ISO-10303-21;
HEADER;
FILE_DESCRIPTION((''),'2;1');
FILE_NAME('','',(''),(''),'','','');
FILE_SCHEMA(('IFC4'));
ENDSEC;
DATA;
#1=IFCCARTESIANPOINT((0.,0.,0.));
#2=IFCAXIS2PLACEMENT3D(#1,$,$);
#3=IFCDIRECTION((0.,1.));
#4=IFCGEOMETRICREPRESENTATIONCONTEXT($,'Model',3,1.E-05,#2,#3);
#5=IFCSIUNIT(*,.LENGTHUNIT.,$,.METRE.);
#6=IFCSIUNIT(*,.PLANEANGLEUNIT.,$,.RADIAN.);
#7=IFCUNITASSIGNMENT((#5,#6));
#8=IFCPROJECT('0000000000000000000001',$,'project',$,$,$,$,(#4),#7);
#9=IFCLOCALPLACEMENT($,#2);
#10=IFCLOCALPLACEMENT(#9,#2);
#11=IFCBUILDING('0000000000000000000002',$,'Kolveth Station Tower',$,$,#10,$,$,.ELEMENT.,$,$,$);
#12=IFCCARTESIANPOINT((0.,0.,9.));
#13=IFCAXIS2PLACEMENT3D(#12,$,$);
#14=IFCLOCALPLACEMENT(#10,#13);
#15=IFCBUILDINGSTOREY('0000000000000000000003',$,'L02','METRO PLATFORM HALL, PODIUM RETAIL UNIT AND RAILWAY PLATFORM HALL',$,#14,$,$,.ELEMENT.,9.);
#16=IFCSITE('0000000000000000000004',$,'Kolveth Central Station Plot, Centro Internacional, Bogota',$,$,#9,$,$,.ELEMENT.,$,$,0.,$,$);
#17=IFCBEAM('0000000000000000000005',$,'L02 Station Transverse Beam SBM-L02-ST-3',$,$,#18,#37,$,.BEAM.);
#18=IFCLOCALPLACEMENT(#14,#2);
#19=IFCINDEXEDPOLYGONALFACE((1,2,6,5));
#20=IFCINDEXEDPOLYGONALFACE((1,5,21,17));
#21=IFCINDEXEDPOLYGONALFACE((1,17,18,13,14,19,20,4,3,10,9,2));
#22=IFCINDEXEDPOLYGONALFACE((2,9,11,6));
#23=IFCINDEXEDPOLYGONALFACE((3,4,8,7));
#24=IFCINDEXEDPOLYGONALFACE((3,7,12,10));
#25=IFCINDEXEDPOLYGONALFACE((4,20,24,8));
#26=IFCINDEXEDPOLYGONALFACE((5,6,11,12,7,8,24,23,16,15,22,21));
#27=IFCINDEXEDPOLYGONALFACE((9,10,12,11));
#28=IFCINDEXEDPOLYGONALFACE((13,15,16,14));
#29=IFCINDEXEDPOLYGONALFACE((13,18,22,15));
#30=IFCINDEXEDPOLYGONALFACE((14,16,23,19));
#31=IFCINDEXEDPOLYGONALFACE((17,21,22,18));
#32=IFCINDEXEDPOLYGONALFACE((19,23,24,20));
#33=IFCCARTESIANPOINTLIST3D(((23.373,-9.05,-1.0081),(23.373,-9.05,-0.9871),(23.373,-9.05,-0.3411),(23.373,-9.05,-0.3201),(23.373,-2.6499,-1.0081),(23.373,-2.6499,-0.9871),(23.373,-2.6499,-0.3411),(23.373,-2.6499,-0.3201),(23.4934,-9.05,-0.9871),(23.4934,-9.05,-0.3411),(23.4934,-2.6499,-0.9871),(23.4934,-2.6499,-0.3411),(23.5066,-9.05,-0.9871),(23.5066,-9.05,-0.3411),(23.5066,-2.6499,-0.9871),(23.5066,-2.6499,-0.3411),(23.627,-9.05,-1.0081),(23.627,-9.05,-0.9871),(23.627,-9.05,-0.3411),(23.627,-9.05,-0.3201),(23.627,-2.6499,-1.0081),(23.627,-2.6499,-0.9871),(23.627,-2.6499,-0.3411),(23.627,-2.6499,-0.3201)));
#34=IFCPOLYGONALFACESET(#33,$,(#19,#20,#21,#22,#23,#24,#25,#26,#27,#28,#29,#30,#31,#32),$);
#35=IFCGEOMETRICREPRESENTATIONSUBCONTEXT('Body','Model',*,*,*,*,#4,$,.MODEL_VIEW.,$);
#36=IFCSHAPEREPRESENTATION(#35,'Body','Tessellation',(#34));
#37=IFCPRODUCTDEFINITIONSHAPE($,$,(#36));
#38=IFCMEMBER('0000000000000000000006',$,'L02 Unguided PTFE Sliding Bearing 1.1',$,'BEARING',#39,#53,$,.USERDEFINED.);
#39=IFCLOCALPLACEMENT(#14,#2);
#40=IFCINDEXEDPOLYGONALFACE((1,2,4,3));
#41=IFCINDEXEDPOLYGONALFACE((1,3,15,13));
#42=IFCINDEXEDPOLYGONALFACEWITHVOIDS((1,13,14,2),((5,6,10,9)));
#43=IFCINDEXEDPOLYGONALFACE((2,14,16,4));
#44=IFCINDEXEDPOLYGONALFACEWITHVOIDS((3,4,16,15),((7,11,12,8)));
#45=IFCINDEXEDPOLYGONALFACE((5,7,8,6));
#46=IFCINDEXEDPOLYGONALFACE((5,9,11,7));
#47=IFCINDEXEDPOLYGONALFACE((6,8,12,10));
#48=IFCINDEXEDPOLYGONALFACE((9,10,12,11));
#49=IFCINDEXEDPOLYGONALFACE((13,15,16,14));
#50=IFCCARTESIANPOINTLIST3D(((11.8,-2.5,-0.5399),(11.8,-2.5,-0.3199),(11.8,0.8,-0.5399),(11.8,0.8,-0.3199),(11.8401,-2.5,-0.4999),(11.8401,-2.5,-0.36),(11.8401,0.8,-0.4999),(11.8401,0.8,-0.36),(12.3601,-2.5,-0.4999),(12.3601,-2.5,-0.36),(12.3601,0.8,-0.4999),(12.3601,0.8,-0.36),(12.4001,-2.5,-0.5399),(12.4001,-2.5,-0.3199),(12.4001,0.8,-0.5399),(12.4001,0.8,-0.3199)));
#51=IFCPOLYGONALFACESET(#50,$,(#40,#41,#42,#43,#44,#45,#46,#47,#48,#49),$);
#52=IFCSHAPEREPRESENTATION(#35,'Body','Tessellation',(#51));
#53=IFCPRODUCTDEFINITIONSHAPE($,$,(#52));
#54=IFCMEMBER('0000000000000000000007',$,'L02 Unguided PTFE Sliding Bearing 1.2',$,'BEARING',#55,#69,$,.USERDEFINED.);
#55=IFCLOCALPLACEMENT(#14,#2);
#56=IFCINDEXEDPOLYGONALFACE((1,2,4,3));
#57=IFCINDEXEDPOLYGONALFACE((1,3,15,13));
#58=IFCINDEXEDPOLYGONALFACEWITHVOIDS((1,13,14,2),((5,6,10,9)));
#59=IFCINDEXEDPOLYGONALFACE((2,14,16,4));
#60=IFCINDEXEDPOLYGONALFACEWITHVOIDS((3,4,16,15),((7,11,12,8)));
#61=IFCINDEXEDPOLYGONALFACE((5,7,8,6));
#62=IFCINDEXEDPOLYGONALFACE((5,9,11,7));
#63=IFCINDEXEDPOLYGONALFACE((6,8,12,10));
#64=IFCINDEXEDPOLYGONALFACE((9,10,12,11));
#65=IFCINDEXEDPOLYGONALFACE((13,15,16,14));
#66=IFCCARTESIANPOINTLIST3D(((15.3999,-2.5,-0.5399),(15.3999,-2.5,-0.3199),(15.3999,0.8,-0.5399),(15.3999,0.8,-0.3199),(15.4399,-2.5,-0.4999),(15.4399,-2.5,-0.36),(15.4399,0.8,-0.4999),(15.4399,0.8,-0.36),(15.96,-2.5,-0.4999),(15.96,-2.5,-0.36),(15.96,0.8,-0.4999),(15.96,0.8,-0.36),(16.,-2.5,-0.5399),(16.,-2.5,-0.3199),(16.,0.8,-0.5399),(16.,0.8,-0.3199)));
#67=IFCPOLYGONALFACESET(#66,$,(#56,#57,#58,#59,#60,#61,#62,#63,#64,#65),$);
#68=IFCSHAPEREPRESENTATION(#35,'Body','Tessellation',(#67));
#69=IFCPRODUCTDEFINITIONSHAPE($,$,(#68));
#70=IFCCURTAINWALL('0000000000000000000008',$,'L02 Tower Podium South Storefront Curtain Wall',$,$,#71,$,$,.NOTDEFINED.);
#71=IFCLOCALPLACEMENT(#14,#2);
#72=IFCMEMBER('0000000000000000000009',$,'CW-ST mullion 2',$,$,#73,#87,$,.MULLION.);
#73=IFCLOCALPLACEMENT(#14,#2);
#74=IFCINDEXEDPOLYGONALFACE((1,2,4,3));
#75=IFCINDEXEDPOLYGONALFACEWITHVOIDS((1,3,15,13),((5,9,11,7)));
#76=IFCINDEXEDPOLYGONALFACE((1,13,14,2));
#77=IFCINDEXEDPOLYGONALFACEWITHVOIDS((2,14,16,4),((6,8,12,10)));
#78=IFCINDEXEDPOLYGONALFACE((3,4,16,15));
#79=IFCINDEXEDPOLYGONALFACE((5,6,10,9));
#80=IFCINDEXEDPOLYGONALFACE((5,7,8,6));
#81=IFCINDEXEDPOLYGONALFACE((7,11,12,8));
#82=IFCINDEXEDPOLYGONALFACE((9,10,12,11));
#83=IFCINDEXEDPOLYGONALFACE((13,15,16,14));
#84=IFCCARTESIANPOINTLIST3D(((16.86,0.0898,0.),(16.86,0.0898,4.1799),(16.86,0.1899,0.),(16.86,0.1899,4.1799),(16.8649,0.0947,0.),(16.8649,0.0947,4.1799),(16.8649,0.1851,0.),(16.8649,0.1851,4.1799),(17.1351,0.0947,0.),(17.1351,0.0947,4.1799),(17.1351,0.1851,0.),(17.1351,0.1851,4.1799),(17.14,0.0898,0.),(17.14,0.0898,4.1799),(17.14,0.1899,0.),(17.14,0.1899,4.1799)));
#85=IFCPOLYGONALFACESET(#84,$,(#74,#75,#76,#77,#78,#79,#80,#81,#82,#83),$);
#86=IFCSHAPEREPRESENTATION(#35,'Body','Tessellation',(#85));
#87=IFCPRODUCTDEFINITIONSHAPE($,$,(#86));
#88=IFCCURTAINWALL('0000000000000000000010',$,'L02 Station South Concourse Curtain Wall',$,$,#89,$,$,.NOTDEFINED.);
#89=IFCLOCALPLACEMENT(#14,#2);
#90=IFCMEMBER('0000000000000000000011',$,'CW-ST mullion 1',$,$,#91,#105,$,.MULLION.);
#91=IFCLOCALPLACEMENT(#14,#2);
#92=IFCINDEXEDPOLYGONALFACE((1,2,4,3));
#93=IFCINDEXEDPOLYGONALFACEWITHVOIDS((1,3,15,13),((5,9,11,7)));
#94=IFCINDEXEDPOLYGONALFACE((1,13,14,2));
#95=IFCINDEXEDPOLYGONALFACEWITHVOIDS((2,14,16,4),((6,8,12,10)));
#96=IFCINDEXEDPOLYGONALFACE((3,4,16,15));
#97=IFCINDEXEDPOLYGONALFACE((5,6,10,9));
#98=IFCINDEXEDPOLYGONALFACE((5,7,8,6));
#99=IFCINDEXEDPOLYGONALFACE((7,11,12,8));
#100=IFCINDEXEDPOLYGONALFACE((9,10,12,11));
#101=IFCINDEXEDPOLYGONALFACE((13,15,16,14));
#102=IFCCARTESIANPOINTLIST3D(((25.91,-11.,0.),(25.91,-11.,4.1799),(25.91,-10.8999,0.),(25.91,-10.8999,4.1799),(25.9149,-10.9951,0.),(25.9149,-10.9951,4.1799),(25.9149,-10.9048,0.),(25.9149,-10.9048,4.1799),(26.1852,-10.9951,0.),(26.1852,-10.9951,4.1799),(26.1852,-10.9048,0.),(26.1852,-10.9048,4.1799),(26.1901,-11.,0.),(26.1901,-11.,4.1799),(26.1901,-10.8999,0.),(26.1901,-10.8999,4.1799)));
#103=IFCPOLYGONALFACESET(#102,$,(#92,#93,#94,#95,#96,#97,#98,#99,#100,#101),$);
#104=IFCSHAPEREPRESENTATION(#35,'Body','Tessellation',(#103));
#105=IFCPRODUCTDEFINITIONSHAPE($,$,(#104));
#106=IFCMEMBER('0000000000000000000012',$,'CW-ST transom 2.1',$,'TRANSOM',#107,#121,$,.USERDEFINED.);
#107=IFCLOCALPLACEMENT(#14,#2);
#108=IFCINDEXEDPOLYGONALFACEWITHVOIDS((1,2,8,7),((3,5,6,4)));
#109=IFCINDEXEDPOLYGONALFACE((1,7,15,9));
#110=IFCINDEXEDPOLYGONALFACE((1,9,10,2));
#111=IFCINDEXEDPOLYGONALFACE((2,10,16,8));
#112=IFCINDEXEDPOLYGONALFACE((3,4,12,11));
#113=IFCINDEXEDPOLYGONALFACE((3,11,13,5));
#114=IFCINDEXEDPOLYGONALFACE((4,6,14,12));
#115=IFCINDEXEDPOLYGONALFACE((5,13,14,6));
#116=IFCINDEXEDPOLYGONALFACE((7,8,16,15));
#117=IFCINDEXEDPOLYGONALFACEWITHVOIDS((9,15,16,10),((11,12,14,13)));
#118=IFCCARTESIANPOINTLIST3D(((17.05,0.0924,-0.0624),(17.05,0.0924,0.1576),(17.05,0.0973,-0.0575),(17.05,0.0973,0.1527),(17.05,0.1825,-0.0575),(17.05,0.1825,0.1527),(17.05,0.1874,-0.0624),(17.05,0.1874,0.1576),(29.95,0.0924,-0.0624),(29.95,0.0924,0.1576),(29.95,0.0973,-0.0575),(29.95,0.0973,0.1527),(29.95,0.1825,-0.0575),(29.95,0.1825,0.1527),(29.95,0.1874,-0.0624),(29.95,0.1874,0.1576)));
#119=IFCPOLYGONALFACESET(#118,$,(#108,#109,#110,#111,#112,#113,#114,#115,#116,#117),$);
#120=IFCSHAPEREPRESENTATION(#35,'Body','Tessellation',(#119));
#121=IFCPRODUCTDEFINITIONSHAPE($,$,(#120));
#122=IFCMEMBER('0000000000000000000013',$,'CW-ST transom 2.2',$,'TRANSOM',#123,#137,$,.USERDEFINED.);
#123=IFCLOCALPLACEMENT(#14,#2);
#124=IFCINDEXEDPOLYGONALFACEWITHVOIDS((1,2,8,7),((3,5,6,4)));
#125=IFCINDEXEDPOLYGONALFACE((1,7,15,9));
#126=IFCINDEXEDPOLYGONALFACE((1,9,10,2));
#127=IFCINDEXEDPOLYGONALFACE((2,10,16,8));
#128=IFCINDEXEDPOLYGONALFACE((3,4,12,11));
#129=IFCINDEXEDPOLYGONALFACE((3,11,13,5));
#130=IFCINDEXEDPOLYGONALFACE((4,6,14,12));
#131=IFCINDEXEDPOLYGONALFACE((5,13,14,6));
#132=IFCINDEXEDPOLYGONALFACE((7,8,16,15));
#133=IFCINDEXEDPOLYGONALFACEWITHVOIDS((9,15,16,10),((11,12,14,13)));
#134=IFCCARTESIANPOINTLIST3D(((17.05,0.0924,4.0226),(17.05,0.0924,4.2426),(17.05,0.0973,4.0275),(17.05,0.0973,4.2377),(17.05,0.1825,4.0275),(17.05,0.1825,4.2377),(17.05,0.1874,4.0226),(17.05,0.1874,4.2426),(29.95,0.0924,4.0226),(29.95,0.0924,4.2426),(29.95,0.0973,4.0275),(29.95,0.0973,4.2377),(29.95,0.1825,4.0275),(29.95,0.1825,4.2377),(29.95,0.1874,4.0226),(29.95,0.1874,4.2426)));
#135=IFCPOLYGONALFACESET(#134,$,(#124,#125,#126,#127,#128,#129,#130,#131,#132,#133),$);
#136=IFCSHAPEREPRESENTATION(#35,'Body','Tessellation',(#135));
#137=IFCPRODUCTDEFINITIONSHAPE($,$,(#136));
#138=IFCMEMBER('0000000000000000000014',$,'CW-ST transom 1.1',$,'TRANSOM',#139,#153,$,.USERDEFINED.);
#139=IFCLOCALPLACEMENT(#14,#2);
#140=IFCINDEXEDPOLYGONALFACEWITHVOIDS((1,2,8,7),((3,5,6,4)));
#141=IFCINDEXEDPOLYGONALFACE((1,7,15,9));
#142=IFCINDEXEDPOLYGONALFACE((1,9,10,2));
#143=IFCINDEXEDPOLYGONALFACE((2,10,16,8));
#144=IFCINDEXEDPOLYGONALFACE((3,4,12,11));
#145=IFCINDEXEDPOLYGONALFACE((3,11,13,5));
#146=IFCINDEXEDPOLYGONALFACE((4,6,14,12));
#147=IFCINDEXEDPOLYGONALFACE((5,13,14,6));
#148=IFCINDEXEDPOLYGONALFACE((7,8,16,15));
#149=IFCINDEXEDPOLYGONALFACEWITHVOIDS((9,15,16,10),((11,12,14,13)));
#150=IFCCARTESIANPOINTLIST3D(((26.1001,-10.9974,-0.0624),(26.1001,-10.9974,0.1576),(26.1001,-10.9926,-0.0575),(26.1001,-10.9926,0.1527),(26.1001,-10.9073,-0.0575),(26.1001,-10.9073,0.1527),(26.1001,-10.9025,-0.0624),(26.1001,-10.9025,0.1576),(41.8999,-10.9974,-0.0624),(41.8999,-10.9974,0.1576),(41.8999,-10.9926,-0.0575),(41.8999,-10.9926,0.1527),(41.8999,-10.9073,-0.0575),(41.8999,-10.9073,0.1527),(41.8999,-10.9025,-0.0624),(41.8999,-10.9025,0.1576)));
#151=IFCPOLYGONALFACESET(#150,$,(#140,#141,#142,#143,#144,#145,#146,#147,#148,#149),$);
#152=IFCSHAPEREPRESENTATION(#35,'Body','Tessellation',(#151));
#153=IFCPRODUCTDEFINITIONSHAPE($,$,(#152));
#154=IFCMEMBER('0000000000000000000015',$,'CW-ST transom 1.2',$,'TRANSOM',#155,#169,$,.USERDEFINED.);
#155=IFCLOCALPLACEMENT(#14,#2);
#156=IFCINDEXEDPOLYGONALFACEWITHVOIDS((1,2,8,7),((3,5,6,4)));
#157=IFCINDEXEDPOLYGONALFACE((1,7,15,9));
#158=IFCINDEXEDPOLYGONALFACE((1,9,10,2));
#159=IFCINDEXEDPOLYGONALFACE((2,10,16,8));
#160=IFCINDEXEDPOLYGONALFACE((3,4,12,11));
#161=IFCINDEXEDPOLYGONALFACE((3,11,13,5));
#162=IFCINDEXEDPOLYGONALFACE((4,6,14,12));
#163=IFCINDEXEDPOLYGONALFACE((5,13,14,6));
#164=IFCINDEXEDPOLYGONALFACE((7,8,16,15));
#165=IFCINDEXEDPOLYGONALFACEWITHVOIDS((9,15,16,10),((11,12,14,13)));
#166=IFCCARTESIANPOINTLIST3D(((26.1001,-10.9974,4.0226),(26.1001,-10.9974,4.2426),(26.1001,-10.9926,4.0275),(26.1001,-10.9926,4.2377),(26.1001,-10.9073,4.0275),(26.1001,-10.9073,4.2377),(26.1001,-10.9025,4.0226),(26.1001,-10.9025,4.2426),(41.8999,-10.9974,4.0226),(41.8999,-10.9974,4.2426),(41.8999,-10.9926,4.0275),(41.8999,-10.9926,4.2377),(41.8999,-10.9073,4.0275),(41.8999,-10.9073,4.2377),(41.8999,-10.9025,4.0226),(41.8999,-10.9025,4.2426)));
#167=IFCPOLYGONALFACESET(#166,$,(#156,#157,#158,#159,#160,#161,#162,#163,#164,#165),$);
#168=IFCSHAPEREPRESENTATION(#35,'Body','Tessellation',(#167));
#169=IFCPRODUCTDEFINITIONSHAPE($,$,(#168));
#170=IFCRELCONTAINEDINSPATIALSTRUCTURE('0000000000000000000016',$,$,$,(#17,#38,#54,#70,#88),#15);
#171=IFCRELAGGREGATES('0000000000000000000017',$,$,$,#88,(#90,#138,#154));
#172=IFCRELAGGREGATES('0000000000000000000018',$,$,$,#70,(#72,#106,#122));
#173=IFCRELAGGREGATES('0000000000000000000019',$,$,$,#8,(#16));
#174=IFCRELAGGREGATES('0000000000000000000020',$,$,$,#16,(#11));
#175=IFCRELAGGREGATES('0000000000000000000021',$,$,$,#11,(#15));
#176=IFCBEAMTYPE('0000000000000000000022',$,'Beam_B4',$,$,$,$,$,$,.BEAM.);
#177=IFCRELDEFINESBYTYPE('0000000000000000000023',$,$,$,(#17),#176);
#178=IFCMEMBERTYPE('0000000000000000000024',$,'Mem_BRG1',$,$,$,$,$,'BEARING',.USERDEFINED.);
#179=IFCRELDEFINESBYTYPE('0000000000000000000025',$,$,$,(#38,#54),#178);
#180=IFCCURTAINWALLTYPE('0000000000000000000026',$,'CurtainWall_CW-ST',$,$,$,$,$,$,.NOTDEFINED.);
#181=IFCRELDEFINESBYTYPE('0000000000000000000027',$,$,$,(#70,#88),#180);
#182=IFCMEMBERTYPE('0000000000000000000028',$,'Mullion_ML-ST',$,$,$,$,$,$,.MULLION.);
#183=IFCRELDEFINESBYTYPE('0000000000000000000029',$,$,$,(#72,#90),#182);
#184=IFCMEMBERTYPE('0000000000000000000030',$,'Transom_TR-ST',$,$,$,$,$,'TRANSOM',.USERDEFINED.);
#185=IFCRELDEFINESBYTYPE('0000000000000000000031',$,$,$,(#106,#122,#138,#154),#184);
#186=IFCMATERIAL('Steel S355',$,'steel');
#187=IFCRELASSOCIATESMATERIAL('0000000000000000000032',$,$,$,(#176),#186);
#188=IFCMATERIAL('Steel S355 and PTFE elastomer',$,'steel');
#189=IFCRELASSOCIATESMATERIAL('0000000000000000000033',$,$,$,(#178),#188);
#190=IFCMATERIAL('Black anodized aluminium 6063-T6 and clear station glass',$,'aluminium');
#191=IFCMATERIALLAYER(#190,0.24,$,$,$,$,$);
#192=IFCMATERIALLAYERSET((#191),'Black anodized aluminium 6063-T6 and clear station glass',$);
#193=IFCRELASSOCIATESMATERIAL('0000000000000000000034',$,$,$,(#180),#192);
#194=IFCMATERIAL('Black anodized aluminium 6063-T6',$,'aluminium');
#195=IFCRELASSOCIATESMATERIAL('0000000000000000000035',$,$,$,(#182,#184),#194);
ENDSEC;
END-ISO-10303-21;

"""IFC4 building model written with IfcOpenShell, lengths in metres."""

from ifc_helpers import new_model, si_unit, direction, frame, origin, origin_2d, place, context, subcontext, project, spatial, hollow_rectangle, i_section, extrude, source, transform, mapped, material, layer, layer_set, material_profile, profile_set, type_object, element, aggregate, save


model = new_model("IFC4")

# Units and contexts
model_context = context("Model", 3, precision=1e-05, world=origin(), true_north=direction((0.0, 1.0)))
body_context = subcontext(model_context, "Body", "Model", "MODEL_VIEW")
ifc_project = project(units=[si_unit("LENGTHUNIT", "METRE"), si_unit("PLANEANGLEUNIT", "RADIAN")], contexts=[model_context])

# Site, building, storey
site_placement = place(None, origin())
site = spatial("IfcSite", under=ifc_project, at=site_placement, Name="Kolveth Central Station Plot, Centro Internacional, Bogota", CompositionType="ELEMENT", RefElevation=0.0)
building_placement = place(site_placement, origin())
building = spatial("IfcBuilding", under=site, at=building_placement, Name="Kolveth Station Tower", CompositionType="ELEMENT")
storey_placement = place(building_placement, frame((0.0, 0.0, 9.0)))
storey = spatial("IfcBuildingStorey", under=building, at=storey_placement, Name="L02", Description="METRO PLATFORM HALL, PODIUM RETAIL UNIT AND RAILWAY PLATFORM HALL", CompositionType="ELEMENT", Elevation=9.0)

# Shared definitions
ifc_material_1 = material(Name="Steel S355", Category="steel")

# Beam
ifc_material_profile_1 = material_profile(ifc_material_1, i_section(OverallWidth=0.2539, OverallDepth=0.688, WebThickness=0.0132, FlangeThickness=0.021, at=origin_2d()), Name="W690x152")
ifc_profile_set_1 = profile_set([ifc_material_profile_1], Name="Steel S355")
beam_type_1 = type_object("IfcBeamType", Name="Beam_B4", PredefinedType="BEAM", material=ifc_profile_set_1)
shared_shape_1 = source(origin(), body_context, "Body", "SweptSolid", [
    extrude(i_section(OverallWidth=0.2539, OverallDepth=0.688, WebThickness=0.0132, FlangeThickness=0.021, at=origin_2d()), origin(), (0.0, 0.0, 1.0), 6.4001),
])
for number, where, z_axis, x_axis, name in (
    (1, (23.5, -9.05, -0.6641), (0.0, 1.0, 0.0), (-1.0, 0.0, 0.0), "L02 Station Transverse Beam SBM-L02-ST-3"),
):
    element("IfcBeam", number, at=place(storey_placement, frame(where, z_axis=z_axis, x_axis=x_axis)), inside=storey, type_object=beam_type_1, Name=name, PredefinedType="BEAM", context=body_context, shape_type="MappedRepresentation", body=[
        mapped(shared_shape_1, transform((0.0, 0.0, 0.0), x_axis=(1.0, 0.0, 0.0), y_axis=(0.0, 1.0, 0.0), z_axis=(0.0, 0.0, 1.0), scale=1.0)),
    ])

# Members
ifc_material_2 = material(Name="Steel S355 and PTFE elastomer", Category="steel")
ifc_material_profile_2 = material_profile(ifc_material_2, hollow_rectangle(XDim=0.6001, YDim=0.22, WallThickness=0.04, at=origin_2d()), Name="PTFE-BEARING-750x600")
ifc_profile_set_2 = profile_set([ifc_material_profile_2], Name="Steel S355 and PTFE elastomer")
member_type_1 = type_object("IfcMemberType", Name="Mem_BRG1", ElementType="BEARING", PredefinedType="USERDEFINED", material=ifc_profile_set_2)
shared_shape_2 = source(origin(), body_context, "Body", "SweptSolid", [
    extrude(hollow_rectangle(XDim=0.6001, YDim=0.22, WallThickness=0.04, at=origin_2d()), origin(), (0.0, 0.0, 1.0), 3.3),
])
for number, where, z_axis, x_axis, name in (
    (2, (12.1001, -2.5, -0.4299), (0.0, 1.0, 0.0), (-1.0, 0.0, 0.0), "L02 Unguided PTFE Sliding Bearing 1.1"),
    (3, (15.7, -2.5, -0.4299), (0.0, 1.0, 0.0), (-1.0, 0.0, 0.0), "L02 Unguided PTFE Sliding Bearing 1.2"),
):
    element("IfcMember", number, at=place(storey_placement, frame(where, z_axis=z_axis, x_axis=x_axis)), inside=storey, type_object=member_type_1, Name=name, ObjectType="BEARING", PredefinedType="USERDEFINED", context=body_context, shape_type="MappedRepresentation", body=[
        mapped(shared_shape_2, transform((0.0, 0.0, 0.0), x_axis=(1.0, 0.0, 0.0), y_axis=(0.0, 1.0, 0.0), z_axis=(0.0, 0.0, 1.0), scale=1.0)),
    ])

# Curtain walls, members
ifc_material_3 = material(Name="Black anodized aluminium 6063-T6 and clear station glass", Category="aluminium")
ifc_layer_1 = layer(ifc_material_3, 0.24)
ifc_layer_set_1 = layer_set([ifc_layer_1], Name="Black anodized aluminium 6063-T6 and clear station glass")
curtain_wall_type = type_object("IfcCurtainWallType", Name="CurtainWall_CW-ST", PredefinedType="NOTDEFINED", material=ifc_layer_set_1)
curtain_wall_1_placement = place(storey_placement, origin())
curtain_wall_1 = element("IfcCurtainWall", 4, at=curtain_wall_1_placement, inside=storey, type_object=curtain_wall_type, Name="L02 Tower Podium South Storefront Curtain Wall", PredefinedType="NOTDEFINED")
ifc_material_4 = material(Name="Black anodized aluminium 6063-T6", Category="aluminium")
ifc_material_profile_3 = material_profile(ifc_material_4, hollow_rectangle(XDim=0.1001, YDim=0.28, WallThickness=0.0049, at=origin_2d()), Name="ALU-100x280x5")
ifc_profile_set_3 = profile_set([ifc_material_profile_3], Name="Black anodized aluminium 6063-T6")
member_type_2 = type_object("IfcMemberType", Name="Mullion_ML-ST", PredefinedType="MULLION", material=ifc_profile_set_3)
shared_shape_3 = source(origin(), body_context, "Body", "SweptSolid", [
    extrude(hollow_rectangle(XDim=0.1001, YDim=0.28, WallThickness=0.0049, at=origin_2d()), origin(), (0.0, 0.0, 1.0), 4.1799),
])
member_1_placement = place(storey_placement, frame((17.0, 0.1399, 0.0), z_axis=(0.0, 0.0, 1.0), x_axis=(0.0, 1.0, 0.0)))
member_1 = element("IfcMember", 5, at=member_1_placement, type_object=member_type_2, Name="CW-ST mullion 2", PredefinedType="MULLION", context=body_context, shape_type="MappedRepresentation", body=[
    mapped(shared_shape_3, transform((0.0, 0.0, 0.0), x_axis=(1.0, 0.0, 0.0), y_axis=(0.0, 1.0, 0.0), z_axis=(0.0, 0.0, 1.0), scale=1.0)),
])
curtain_wall_2_placement = place(storey_placement, origin())
curtain_wall_2 = element("IfcCurtainWall", 6, at=curtain_wall_2_placement, inside=storey, type_object=curtain_wall_type, Name="L02 Station South Concourse Curtain Wall", PredefinedType="NOTDEFINED")
member_2_placement = place(storey_placement, frame((26.05, -10.95, 0.0), z_axis=(0.0, 0.0, 1.0), x_axis=(0.0, 1.0, 0.0)))
member_2 = element("IfcMember", 7, at=member_2_placement, type_object=member_type_2, Name="CW-ST mullion 1", PredefinedType="MULLION", context=body_context, shape_type="MappedRepresentation", body=[
    mapped(shared_shape_3, transform((0.0, 0.0, 0.0), x_axis=(1.0, 0.0, 0.0), y_axis=(0.0, 1.0, 0.0), z_axis=(0.0, 0.0, 1.0), scale=1.0)),
])

# Members
ifc_material_profile_4 = material_profile(ifc_material_4, hollow_rectangle(XDim=0.095, YDim=0.22, WallThickness=0.0049, at=origin_2d()), Name="ALU-95x220x5")
ifc_profile_set_4 = profile_set([ifc_material_profile_4], Name="Black anodized aluminium 6063-T6")
member_type_3 = type_object("IfcMemberType", Name="Transom_TR-ST", ElementType="TRANSOM", PredefinedType="USERDEFINED", material=ifc_profile_set_4)
shared_shape_4 = source(origin(), body_context, "Body", "SweptSolid", [
    extrude(hollow_rectangle(XDim=0.095, YDim=0.22, WallThickness=0.0049, at=origin_2d()), origin(), (0.0, 0.0, 1.0), 12.8999),
])
member_3_placement = place(storey_placement, frame((17.05, 0.1399, 0.0476), z_axis=(1.0, 0.0, 0.0), x_axis=(0.0, 1.0, 0.0)))
member_3 = element("IfcMember", 8, at=member_3_placement, type_object=member_type_3, Name="CW-ST transom 2.1", ObjectType="TRANSOM", PredefinedType="USERDEFINED", context=body_context, shape_type="MappedRepresentation", body=[
    mapped(shared_shape_4, transform((0.0, 0.0, 0.0), x_axis=(1.0, 0.0, 0.0), y_axis=(0.0, 1.0, 0.0), z_axis=(0.0, 0.0, 1.0), scale=1.0)),
])
member_4_placement = place(storey_placement, frame((17.05, 0.1399, 4.1326), z_axis=(1.0, 0.0, 0.0), x_axis=(0.0, 1.0, 0.0)))
member_4 = element("IfcMember", 9, at=member_4_placement, type_object=member_type_3, Name="CW-ST transom 2.2", ObjectType="TRANSOM", PredefinedType="USERDEFINED", context=body_context, shape_type="MappedRepresentation", body=[
    mapped(shared_shape_4, transform((0.0, 0.0, 0.0), x_axis=(1.0, 0.0, 0.0), y_axis=(0.0, 1.0, 0.0), z_axis=(0.0, 0.0, 1.0), scale=1.0)),
])
shared_shape_5 = source(origin(), body_context, "Body", "SweptSolid", [
    extrude(hollow_rectangle(XDim=0.095, YDim=0.22, WallThickness=0.0049, at=origin_2d()), origin(), (0.0, 0.0, 1.0), 15.7998),
])
member_5_placement = place(storey_placement, frame((26.1001, -10.95, 0.0476), z_axis=(1.0, 0.0, 0.0), x_axis=(0.0, 1.0, 0.0)))
member_5 = element("IfcMember", 10, at=member_5_placement, type_object=member_type_3, Name="CW-ST transom 1.1", ObjectType="TRANSOM", PredefinedType="USERDEFINED", context=body_context, shape_type="MappedRepresentation", body=[
    mapped(shared_shape_5, transform((0.0, 0.0, 0.0), x_axis=(1.0, 0.0, 0.0), y_axis=(0.0, 1.0, 0.0), z_axis=(0.0, 0.0, 1.0), scale=1.0)),
])
member_6_placement = place(storey_placement, frame((26.1001, -10.95, 4.1326), z_axis=(1.0, 0.0, 0.0), x_axis=(0.0, 1.0, 0.0)))
member_6 = element("IfcMember", 11, at=member_6_placement, type_object=member_type_3, Name="CW-ST transom 1.2", ObjectType="TRANSOM", PredefinedType="USERDEFINED", context=body_context, shape_type="MappedRepresentation", body=[
    mapped(shared_shape_5, transform((0.0, 0.0, 0.0), x_axis=(1.0, 0.0, 0.0), y_axis=(0.0, 1.0, 0.0), z_axis=(0.0, 0.0, 1.0), scale=1.0)),
])
aggregate(curtain_wall_2, [member_2, member_5, member_6])

aggregate(curtain_wall_1, [member_1, member_3, member_4])

save(model, "model.ifc")
